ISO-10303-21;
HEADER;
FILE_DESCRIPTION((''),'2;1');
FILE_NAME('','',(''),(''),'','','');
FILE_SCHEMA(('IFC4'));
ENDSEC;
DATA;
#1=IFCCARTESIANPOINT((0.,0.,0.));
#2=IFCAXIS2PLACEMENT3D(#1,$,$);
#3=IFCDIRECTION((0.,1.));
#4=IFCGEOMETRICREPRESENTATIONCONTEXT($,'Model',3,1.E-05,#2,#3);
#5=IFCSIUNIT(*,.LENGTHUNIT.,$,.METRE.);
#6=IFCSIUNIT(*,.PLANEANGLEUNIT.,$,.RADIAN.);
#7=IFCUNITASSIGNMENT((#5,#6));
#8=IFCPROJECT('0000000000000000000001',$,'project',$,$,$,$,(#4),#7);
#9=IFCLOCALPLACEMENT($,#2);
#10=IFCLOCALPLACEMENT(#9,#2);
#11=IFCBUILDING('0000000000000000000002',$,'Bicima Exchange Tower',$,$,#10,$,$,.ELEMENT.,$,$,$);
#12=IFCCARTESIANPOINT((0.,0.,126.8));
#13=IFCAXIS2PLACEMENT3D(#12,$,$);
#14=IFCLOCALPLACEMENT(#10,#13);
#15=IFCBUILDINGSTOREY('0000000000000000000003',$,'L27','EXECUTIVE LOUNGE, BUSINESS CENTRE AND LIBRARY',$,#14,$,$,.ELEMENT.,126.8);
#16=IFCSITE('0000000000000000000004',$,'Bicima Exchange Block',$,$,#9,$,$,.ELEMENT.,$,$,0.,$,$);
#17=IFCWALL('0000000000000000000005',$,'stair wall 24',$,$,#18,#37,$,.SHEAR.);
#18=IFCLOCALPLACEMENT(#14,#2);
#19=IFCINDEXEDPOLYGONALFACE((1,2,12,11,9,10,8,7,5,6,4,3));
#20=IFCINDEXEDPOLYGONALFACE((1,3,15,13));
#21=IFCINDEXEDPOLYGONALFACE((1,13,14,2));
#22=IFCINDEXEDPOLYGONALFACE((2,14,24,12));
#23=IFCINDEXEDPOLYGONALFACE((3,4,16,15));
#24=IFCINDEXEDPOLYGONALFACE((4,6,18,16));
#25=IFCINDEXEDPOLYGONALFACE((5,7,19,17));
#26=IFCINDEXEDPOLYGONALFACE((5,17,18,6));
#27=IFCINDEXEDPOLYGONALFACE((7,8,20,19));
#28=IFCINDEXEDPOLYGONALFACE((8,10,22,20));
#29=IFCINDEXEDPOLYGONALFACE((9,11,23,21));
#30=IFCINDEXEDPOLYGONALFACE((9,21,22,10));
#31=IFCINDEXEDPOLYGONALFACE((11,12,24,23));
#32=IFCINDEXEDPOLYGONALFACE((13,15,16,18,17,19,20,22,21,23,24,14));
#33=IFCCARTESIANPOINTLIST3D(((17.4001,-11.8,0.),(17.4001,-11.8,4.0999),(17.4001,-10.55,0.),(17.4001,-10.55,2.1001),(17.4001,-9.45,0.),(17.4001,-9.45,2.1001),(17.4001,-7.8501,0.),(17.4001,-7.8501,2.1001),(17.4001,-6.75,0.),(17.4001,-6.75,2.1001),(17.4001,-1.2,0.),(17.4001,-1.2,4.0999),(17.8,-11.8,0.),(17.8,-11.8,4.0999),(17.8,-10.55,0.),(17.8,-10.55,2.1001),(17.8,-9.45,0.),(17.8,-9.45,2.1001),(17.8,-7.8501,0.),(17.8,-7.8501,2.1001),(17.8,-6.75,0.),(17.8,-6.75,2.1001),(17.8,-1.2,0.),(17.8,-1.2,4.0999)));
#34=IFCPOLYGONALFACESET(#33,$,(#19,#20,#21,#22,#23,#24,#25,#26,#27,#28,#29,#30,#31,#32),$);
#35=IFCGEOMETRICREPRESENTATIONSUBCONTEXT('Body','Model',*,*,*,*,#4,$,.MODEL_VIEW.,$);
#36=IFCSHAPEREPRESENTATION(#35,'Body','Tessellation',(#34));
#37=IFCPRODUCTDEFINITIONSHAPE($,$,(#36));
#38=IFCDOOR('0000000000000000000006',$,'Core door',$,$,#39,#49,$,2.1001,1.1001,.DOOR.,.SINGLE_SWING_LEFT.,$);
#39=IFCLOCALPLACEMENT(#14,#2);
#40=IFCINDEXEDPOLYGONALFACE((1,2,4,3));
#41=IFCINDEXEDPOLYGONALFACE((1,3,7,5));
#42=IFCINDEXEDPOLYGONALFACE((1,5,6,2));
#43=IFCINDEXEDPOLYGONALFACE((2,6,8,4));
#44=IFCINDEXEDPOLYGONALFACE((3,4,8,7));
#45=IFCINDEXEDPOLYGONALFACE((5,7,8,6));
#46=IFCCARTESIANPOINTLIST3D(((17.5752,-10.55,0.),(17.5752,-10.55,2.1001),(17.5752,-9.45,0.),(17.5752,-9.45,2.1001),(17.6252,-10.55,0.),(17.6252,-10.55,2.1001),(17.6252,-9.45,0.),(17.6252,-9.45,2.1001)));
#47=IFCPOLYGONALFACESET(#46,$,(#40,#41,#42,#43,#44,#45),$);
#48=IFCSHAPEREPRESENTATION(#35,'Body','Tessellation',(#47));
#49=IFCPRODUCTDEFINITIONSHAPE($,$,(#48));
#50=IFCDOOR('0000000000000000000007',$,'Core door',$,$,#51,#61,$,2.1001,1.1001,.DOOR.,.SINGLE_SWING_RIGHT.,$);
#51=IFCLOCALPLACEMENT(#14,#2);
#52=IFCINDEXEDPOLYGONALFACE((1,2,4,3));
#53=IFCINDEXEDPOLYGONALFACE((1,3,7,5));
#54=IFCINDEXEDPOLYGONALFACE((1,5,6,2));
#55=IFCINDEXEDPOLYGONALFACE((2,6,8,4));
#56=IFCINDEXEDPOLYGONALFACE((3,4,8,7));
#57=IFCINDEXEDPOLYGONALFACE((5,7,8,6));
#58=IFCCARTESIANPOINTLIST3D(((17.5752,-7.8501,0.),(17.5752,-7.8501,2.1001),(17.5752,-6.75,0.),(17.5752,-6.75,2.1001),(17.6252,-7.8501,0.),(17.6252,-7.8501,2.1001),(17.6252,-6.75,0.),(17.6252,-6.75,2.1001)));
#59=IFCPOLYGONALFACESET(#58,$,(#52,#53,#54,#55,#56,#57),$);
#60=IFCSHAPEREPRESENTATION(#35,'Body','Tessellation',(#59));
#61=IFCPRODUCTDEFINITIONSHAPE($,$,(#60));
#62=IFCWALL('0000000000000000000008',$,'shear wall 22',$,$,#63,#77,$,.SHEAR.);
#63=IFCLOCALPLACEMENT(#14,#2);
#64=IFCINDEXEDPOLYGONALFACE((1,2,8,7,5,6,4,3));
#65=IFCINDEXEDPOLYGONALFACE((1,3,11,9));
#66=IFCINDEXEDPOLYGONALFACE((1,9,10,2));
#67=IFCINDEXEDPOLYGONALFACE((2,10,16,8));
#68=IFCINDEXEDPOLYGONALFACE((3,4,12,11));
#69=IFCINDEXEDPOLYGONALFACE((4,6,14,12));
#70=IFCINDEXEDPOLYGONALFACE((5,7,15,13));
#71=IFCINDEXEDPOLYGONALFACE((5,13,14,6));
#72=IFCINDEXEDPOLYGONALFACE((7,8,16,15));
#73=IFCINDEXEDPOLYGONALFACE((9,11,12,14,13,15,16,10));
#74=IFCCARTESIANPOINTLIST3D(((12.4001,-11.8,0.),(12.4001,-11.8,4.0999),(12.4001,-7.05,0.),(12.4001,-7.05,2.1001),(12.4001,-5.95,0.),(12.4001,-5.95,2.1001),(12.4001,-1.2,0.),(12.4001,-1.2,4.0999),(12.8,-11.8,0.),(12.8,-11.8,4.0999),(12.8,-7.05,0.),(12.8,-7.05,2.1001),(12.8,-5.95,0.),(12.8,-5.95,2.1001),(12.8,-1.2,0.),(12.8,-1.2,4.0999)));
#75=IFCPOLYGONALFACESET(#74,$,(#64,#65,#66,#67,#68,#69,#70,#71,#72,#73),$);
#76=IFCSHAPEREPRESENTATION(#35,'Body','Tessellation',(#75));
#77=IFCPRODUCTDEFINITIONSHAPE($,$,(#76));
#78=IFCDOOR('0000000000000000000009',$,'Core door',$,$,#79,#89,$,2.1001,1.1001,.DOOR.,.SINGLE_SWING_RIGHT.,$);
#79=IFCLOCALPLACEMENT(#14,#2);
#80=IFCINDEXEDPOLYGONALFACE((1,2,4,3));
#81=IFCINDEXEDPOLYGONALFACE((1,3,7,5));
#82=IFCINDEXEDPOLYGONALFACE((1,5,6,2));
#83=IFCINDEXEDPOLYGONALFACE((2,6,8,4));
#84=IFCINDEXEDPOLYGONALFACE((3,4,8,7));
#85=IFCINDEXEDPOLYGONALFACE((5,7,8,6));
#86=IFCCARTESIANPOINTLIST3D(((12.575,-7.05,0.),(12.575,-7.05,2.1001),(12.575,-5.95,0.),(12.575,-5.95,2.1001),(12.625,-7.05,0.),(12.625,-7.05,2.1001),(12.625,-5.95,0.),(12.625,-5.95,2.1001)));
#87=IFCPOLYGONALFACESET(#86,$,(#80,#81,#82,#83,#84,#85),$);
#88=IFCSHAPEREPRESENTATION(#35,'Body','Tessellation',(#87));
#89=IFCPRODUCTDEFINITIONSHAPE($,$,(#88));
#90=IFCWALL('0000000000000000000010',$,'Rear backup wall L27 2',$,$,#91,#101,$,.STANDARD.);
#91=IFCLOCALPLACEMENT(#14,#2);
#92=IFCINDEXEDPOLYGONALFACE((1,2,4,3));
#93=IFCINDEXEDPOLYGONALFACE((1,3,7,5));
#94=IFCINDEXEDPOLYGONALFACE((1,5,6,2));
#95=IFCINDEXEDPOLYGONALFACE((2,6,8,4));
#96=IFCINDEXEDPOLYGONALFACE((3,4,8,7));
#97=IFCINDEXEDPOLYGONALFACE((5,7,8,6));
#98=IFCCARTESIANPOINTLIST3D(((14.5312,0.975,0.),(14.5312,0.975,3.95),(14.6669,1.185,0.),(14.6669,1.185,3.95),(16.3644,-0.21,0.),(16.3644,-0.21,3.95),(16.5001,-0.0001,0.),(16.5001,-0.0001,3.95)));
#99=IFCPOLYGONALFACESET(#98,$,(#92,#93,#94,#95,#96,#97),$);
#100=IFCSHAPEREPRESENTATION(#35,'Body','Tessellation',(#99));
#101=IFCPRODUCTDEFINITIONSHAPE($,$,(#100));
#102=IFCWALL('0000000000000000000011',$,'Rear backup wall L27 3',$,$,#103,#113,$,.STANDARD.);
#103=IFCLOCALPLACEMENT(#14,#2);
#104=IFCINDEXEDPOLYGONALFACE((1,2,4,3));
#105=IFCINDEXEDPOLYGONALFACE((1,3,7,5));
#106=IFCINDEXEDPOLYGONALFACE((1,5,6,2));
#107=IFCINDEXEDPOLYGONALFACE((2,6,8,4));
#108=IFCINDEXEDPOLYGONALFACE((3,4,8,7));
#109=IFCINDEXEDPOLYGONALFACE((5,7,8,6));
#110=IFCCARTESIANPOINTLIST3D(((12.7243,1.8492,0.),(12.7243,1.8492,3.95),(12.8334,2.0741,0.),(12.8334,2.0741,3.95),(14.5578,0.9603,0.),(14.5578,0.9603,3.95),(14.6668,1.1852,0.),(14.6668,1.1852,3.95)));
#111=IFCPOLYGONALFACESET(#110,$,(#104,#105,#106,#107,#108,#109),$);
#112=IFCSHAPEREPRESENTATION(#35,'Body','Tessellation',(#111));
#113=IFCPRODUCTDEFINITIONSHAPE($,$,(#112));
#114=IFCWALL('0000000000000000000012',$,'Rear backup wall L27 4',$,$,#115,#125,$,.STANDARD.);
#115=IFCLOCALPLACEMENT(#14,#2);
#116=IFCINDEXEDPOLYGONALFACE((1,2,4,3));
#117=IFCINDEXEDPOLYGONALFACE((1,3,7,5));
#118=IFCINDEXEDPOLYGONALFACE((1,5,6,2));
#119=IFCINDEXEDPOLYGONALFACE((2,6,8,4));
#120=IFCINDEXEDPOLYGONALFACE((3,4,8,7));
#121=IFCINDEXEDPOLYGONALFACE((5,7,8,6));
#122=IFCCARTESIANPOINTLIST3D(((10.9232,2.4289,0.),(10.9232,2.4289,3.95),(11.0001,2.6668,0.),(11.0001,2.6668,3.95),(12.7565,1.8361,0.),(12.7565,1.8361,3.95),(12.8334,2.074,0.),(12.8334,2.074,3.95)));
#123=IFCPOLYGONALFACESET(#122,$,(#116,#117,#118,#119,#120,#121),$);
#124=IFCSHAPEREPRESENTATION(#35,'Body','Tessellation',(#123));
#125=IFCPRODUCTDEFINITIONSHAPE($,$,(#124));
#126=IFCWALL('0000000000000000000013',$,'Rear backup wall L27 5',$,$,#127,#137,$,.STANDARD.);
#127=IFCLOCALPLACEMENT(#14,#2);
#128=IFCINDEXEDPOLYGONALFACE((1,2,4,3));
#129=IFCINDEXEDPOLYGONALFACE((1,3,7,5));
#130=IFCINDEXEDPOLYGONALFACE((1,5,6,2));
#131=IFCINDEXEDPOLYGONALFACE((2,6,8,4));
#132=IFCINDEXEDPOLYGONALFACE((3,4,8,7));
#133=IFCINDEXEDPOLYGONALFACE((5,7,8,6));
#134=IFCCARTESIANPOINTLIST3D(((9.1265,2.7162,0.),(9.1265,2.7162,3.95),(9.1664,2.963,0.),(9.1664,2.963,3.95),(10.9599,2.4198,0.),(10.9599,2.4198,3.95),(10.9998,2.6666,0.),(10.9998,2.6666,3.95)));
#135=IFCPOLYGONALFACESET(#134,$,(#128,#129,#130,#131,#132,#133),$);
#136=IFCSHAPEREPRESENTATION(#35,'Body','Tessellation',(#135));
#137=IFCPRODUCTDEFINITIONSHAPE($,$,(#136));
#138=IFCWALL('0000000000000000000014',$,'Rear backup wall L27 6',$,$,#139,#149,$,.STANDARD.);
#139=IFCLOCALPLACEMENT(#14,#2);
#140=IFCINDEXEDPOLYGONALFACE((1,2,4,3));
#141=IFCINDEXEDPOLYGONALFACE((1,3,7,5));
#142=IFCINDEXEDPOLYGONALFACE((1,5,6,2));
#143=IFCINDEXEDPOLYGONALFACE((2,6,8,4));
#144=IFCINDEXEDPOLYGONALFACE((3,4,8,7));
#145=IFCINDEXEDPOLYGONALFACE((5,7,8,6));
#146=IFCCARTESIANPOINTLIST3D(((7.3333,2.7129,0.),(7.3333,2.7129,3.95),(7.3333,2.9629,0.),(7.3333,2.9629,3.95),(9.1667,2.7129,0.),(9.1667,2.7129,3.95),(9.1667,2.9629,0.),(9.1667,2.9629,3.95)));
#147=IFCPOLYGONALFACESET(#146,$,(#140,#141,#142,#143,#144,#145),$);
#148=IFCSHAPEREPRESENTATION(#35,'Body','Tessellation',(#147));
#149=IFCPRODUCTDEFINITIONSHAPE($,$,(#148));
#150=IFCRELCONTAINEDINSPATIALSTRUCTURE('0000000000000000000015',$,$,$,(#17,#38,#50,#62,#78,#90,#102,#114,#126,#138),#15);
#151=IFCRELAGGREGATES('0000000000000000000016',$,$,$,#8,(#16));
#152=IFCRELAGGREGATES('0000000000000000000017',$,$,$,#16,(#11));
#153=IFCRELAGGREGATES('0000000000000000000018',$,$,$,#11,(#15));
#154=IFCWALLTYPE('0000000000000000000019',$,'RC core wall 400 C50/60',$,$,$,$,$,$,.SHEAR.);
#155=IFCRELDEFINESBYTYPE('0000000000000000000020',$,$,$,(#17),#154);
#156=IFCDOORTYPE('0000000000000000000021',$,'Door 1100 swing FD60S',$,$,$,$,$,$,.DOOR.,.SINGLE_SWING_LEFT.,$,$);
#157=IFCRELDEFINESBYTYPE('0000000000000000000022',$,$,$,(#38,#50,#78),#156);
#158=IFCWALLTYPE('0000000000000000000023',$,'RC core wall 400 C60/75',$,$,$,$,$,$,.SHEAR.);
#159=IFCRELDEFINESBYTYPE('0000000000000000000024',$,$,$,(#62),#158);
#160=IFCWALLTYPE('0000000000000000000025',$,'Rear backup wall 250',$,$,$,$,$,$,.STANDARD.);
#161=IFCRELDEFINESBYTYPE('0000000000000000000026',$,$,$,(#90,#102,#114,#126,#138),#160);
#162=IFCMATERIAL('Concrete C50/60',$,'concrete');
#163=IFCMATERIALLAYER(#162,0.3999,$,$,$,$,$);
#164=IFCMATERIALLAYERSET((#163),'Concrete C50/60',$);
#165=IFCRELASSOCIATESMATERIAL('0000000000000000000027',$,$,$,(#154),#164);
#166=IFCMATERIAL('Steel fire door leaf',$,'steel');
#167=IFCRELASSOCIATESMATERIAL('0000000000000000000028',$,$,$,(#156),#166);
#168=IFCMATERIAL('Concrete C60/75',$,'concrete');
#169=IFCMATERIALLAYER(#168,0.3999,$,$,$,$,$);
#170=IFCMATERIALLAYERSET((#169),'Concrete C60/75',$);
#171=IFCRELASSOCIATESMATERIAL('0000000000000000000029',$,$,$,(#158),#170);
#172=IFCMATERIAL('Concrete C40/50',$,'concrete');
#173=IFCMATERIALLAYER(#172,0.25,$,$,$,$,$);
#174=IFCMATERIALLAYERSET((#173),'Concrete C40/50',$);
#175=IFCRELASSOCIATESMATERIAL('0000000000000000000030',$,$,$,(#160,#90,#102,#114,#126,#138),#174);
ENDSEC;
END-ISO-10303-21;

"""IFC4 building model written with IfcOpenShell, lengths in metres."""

from ifc_helpers import new_model, si_unit, direction, frame, frame_2d, origin, place, context, subcontext, project, spatial, rectangle, extrude, material, layer, layer_set, layer_usage, type_object, element, fill, save


model = new_model("IFC4")

# Units and contexts
model_context = context("Model", 3, precision=1e-05, world=origin(), true_north=direction((0.0, 1.0)))
body_context = subcontext(model_context, "Body", "Model", "MODEL_VIEW")
ifc_project = project(units=[si_unit("LENGTHUNIT", "METRE"), si_unit("PLANEANGLEUNIT", "RADIAN")], contexts=[model_context])

# Site, building, storey
site_placement = place(None, origin())
site = spatial("IfcSite", under=ifc_project, at=site_placement, Name="Bicima Exchange Block", CompositionType="ELEMENT", RefElevation=0.0)
building_placement = place(site_placement, origin())
building = spatial("IfcBuilding", under=site, at=building_placement, Name="Bicima Exchange Tower", CompositionType="ELEMENT")
storey_placement = place(building_placement, frame((0.0, 0.0, 126.8)))
storey = spatial("IfcBuildingStorey", under=building, at=storey_placement, Name="L27", Description="EXECUTIVE LOUNGE, BUSINESS CENTRE AND LIBRARY", CompositionType="ELEMENT", Elevation=126.8)

# Shared definitions
ifc_material_1 = material(Name="Concrete C50/60", Category="concrete")
ifc_layer_1 = layer(ifc_material_1, 0.3999)
ifc_layer_set_1 = layer_set([ifc_layer_1], Name="Concrete C50/60")
wall_type_1 = type_object("IfcWallType", Name="RC core wall 400 C50/60", PredefinedType="SHEAR", material=ifc_layer_set_1)
ifc_material_2 = material(Name="Steel fire door leaf", Category="steel")

# Wall, openings, doors
wall_1_placement = place(storey_placement, frame((17.6001, -11.8, 0.0), z_axis=(0.0, 0.0, 1.0), x_axis=(0.0, 1.0, 0.0)))
wall_1 = element("IfcWall", 1, at=wall_1_placement, inside=storey, type_object=wall_type_1, Name="stair wall 24", PredefinedType="SHEAR", context=body_context, shape_type="SweptSolid", body=[
    extrude(rectangle(XDim=10.6001, YDim=0.3999, at=frame_2d((5.3, 0.0))), origin(), (0.0, 0.0, 1.0), 4.0999),
])
opening_1_placement = place(wall_1_placement, frame((1.25, 0.0, 0.0)))
opening_1 = element("IfcOpeningElement", 2, at=opening_1_placement, cuts=wall_1, PredefinedType="OPENING", context=body_context, shape_type="SweptSolid", body=[
    extrude(rectangle(XDim=1.1001, YDim=2.1001, at=frame_2d((0.55, 1.05))), frame((0.0, 0.2119, 0.0), z_axis=(0.0, -1.0, 0.0), x_axis=(1.0, 0.0, 0.0)), (0.0, 0.0, 1.0), 0.4238),
])
opening_2_placement = place(wall_1_placement, frame((3.95, 0.0, 0.0)))
opening_2 = element("IfcOpeningElement", 3, at=opening_2_placement, cuts=wall_1, PredefinedType="OPENING", context=body_context, shape_type="SweptSolid", body=[
    extrude(rectangle(XDim=1.1001, YDim=2.1001, at=frame_2d((0.55, 1.05))), frame((0.0, 0.2119, 0.0), z_axis=(0.0, -1.0, 0.0), x_axis=(1.0, 0.0, 0.0)), (0.0, 0.0, 1.0), 0.4238),
])
door_type_1 = type_object("IfcDoorType", Name="Door 1100 swing FD60S", OperationType="SINGLE_SWING_LEFT", PredefinedType="DOOR", material=ifc_material_2)
door_1_placement = place(opening_1_placement, origin())
door_1 = element("IfcDoor", 4, at=door_1_placement, inside=storey, type_object=door_type_1, Name="Core door", OperationType="SINGLE_SWING_LEFT", OverallHeight=2.1001, OverallWidth=1.1001, PredefinedType="DOOR", context=body_context, shape_type="SweptSolid", body=[
    extrude(rectangle(XDim=1.1001, YDim=2.1001, at=frame_2d((0.55, 1.05))), frame((0.0, 0.0249, 0.0), z_axis=(0.0, -1.0, 0.0), x_axis=(1.0, 0.0, 0.0)), (0.0, 0.0, 1.0), 0.05),
])
fill(opening_1, door_1)
door_2_placement = place(opening_2_placement, origin())
door_2 = element("IfcDoor", 5, at=door_2_placement, inside=storey, type_object=door_type_1, Name="Core door", OperationType="SINGLE_SWING_RIGHT", OverallHeight=2.1001, OverallWidth=1.1001, PredefinedType="DOOR", context=body_context, shape_type="SweptSolid", body=[
    extrude(rectangle(XDim=1.1001, YDim=2.1001, at=frame_2d((0.55, 1.05))), frame((0.0, 0.0249, 0.0), z_axis=(0.0, -1.0, 0.0), x_axis=(1.0, 0.0, 0.0)), (0.0, 0.0, 1.0), 0.05),
])
fill(opening_2, door_2)

# Wall, opening, door
ifc_material_3 = material(Name="Concrete C60/75", Category="concrete")
ifc_layer_2 = layer(ifc_material_3, 0.3999)
ifc_layer_set_2 = layer_set([ifc_layer_2], Name="Concrete C60/75")
wall_type_2 = type_object("IfcWallType", Name="RC core wall 400 C60/75", PredefinedType="SHEAR", material=ifc_layer_set_2)
wall_2_placement = place(storey_placement, frame((12.6001, -11.8, 0.0), z_axis=(0.0, 0.0, 1.0), x_axis=(0.0, 1.0, 0.0)))
wall_2 = element("IfcWall", 6, at=wall_2_placement, inside=storey, type_object=wall_type_2, Name="shear wall 22", PredefinedType="SHEAR", context=body_context, shape_type="SweptSolid", body=[
    extrude(rectangle(XDim=10.6001, YDim=0.3999, at=frame_2d((5.3, 0.0))), origin(), (0.0, 0.0, 1.0), 4.0999),
])
opening_3_placement = place(wall_2_placement, frame((4.75, 0.0, 0.0)))
opening_3 = element("IfcOpeningElement", 7, at=opening_3_placement, cuts=wall_2, PredefinedType="OPENING", context=body_context, shape_type="SweptSolid", body=[
    extrude(rectangle(XDim=1.1001, YDim=2.1001, at=frame_2d((0.55, 1.05))), frame((0.0, 0.2119, 0.0), z_axis=(0.0, -1.0, 0.0), x_axis=(1.0, 0.0, 0.0)), (0.0, 0.0, 1.0), 0.4238),
])
door_3_placement = place(opening_3_placement, frame((1.1001, 0.0, 0.0), z_axis=(0.0, 0.0, 1.0), x_axis=(-1.0, 0.0, 0.0)))
door_3 = element("IfcDoor", 8, at=door_3_placement, inside=storey, type_object=door_type_1, Name="Core door", OperationType="SINGLE_SWING_RIGHT", OverallHeight=2.1001, OverallWidth=1.1001, PredefinedType="DOOR", context=body_context, shape_type="SweptSolid", body=[
    extrude(rectangle(XDim=1.1001, YDim=2.1001, at=frame_2d((0.55, 1.05))), frame((0.0, 0.0249, 0.0), z_axis=(0.0, -1.0, 0.0), x_axis=(1.0, 0.0, 0.0)), (0.0, 0.0, 1.0), 0.05),
])
fill(opening_3, door_3)

# Walls
ifc_material_4 = material(Name="Concrete C40/50", Category="concrete")
ifc_layer_3 = layer(ifc_material_4, 0.25)
ifc_layer_set_3 = layer_set([ifc_layer_3], Name="Concrete C40/50")
ifc_layer_usage = layer_usage(ifc_layer_set_3, "AXIS2", "POSITIVE", -0.125)
wall_type_3 = type_object("IfcWallType", Name="Rear backup wall 250", PredefinedType="STANDARD", material=ifc_layer_set_3)
wall_3_placement = place(storey_placement, frame((16.4321, -0.105, 0.0), z_axis=(0.0, 0.0, 1.0), x_axis=(-0.839813, 0.542876, 0.0)))
element("IfcWall", 9, at=wall_3_placement, inside=storey, type_object=wall_type_3, material=ifc_layer_usage, Name="Rear backup wall L27 2", PredefinedType="STANDARD", context=body_context, shape_type="SweptSolid", body=[
    extrude(rectangle(XDim=2.1829, YDim=0.25, at=frame_2d((1.0913, 0.0))), origin(), (0.0, 0.0, 1.0), 3.95),
])
wall_4_placement = place(storey_placement, frame((14.6123, 1.0728, 0.0), z_axis=(0.0, 0.0, 1.0), x_axis=(-0.899824, 0.436253, 0.0)))
element("IfcWall", 10, at=wall_4_placement, inside=storey, type_object=wall_type_3, material=ifc_layer_usage, Name="Rear backup wall L27 3", PredefinedType="STANDARD", context=body_context, shape_type="SweptSolid", body=[
    extrude(rectangle(XDim=2.0376, YDim=0.25, at=frame_2d((1.0188, 0.0))), origin(), (0.0, 0.0, 1.0), 3.95),
])
wall_5_placement = place(storey_placement, frame((12.7949, 1.9551, 0.0), z_axis=(0.0, 0.0, 1.0), x_axis=(-0.951496, 0.307662, 0.0)))
element("IfcWall", 11, at=wall_5_placement, inside=storey, type_object=wall_type_3, material=ifc_layer_usage, Name="Rear backup wall L27 4", PredefinedType="STANDARD", context=body_context, shape_type="SweptSolid", body=[
    extrude(rectangle(XDim=1.9268, YDim=0.25, at=frame_2d((0.9634, 0.0))), origin(), (0.0, 0.0, 1.0), 3.95),
])
wall_6_placement = place(storey_placement, frame((10.98, 2.5432, 0.0), z_axis=(0.0, 0.0, 1.0), x_axis=(-0.987182, 0.1596, 0.0)))
element("IfcWall", 12, at=wall_6_placement, inside=storey, type_object=wall_type_3, material=ifc_layer_usage, Name="Rear backup wall L27 5", PredefinedType="STANDARD", context=body_context, shape_type="SweptSolid", body=[
    extrude(rectangle(XDim=1.8572, YDim=0.25, at=frame_2d((0.9287, 0.0))), origin(), (0.0, 0.0, 1.0), 3.95),
])
wall_7_placement = place(storey_placement, frame((9.1667, 2.8379, 0.0), z_axis=(0.0, 0.0, 1.0), x_axis=(-1.0, 0.0, 0.0)))
element("IfcWall", 13, at=wall_7_placement, inside=storey, type_object=wall_type_3, material=ifc_layer_usage, Name="Rear backup wall L27 6", PredefinedType="STANDARD", context=body_context, shape_type="SweptSolid", body=[
    extrude(rectangle(XDim=1.8335, YDim=0.25, at=frame_2d((0.9167, 0.0))), origin(), (0.0, 0.0, 1.0), 3.95),
])

save(model, "model.ifc")
